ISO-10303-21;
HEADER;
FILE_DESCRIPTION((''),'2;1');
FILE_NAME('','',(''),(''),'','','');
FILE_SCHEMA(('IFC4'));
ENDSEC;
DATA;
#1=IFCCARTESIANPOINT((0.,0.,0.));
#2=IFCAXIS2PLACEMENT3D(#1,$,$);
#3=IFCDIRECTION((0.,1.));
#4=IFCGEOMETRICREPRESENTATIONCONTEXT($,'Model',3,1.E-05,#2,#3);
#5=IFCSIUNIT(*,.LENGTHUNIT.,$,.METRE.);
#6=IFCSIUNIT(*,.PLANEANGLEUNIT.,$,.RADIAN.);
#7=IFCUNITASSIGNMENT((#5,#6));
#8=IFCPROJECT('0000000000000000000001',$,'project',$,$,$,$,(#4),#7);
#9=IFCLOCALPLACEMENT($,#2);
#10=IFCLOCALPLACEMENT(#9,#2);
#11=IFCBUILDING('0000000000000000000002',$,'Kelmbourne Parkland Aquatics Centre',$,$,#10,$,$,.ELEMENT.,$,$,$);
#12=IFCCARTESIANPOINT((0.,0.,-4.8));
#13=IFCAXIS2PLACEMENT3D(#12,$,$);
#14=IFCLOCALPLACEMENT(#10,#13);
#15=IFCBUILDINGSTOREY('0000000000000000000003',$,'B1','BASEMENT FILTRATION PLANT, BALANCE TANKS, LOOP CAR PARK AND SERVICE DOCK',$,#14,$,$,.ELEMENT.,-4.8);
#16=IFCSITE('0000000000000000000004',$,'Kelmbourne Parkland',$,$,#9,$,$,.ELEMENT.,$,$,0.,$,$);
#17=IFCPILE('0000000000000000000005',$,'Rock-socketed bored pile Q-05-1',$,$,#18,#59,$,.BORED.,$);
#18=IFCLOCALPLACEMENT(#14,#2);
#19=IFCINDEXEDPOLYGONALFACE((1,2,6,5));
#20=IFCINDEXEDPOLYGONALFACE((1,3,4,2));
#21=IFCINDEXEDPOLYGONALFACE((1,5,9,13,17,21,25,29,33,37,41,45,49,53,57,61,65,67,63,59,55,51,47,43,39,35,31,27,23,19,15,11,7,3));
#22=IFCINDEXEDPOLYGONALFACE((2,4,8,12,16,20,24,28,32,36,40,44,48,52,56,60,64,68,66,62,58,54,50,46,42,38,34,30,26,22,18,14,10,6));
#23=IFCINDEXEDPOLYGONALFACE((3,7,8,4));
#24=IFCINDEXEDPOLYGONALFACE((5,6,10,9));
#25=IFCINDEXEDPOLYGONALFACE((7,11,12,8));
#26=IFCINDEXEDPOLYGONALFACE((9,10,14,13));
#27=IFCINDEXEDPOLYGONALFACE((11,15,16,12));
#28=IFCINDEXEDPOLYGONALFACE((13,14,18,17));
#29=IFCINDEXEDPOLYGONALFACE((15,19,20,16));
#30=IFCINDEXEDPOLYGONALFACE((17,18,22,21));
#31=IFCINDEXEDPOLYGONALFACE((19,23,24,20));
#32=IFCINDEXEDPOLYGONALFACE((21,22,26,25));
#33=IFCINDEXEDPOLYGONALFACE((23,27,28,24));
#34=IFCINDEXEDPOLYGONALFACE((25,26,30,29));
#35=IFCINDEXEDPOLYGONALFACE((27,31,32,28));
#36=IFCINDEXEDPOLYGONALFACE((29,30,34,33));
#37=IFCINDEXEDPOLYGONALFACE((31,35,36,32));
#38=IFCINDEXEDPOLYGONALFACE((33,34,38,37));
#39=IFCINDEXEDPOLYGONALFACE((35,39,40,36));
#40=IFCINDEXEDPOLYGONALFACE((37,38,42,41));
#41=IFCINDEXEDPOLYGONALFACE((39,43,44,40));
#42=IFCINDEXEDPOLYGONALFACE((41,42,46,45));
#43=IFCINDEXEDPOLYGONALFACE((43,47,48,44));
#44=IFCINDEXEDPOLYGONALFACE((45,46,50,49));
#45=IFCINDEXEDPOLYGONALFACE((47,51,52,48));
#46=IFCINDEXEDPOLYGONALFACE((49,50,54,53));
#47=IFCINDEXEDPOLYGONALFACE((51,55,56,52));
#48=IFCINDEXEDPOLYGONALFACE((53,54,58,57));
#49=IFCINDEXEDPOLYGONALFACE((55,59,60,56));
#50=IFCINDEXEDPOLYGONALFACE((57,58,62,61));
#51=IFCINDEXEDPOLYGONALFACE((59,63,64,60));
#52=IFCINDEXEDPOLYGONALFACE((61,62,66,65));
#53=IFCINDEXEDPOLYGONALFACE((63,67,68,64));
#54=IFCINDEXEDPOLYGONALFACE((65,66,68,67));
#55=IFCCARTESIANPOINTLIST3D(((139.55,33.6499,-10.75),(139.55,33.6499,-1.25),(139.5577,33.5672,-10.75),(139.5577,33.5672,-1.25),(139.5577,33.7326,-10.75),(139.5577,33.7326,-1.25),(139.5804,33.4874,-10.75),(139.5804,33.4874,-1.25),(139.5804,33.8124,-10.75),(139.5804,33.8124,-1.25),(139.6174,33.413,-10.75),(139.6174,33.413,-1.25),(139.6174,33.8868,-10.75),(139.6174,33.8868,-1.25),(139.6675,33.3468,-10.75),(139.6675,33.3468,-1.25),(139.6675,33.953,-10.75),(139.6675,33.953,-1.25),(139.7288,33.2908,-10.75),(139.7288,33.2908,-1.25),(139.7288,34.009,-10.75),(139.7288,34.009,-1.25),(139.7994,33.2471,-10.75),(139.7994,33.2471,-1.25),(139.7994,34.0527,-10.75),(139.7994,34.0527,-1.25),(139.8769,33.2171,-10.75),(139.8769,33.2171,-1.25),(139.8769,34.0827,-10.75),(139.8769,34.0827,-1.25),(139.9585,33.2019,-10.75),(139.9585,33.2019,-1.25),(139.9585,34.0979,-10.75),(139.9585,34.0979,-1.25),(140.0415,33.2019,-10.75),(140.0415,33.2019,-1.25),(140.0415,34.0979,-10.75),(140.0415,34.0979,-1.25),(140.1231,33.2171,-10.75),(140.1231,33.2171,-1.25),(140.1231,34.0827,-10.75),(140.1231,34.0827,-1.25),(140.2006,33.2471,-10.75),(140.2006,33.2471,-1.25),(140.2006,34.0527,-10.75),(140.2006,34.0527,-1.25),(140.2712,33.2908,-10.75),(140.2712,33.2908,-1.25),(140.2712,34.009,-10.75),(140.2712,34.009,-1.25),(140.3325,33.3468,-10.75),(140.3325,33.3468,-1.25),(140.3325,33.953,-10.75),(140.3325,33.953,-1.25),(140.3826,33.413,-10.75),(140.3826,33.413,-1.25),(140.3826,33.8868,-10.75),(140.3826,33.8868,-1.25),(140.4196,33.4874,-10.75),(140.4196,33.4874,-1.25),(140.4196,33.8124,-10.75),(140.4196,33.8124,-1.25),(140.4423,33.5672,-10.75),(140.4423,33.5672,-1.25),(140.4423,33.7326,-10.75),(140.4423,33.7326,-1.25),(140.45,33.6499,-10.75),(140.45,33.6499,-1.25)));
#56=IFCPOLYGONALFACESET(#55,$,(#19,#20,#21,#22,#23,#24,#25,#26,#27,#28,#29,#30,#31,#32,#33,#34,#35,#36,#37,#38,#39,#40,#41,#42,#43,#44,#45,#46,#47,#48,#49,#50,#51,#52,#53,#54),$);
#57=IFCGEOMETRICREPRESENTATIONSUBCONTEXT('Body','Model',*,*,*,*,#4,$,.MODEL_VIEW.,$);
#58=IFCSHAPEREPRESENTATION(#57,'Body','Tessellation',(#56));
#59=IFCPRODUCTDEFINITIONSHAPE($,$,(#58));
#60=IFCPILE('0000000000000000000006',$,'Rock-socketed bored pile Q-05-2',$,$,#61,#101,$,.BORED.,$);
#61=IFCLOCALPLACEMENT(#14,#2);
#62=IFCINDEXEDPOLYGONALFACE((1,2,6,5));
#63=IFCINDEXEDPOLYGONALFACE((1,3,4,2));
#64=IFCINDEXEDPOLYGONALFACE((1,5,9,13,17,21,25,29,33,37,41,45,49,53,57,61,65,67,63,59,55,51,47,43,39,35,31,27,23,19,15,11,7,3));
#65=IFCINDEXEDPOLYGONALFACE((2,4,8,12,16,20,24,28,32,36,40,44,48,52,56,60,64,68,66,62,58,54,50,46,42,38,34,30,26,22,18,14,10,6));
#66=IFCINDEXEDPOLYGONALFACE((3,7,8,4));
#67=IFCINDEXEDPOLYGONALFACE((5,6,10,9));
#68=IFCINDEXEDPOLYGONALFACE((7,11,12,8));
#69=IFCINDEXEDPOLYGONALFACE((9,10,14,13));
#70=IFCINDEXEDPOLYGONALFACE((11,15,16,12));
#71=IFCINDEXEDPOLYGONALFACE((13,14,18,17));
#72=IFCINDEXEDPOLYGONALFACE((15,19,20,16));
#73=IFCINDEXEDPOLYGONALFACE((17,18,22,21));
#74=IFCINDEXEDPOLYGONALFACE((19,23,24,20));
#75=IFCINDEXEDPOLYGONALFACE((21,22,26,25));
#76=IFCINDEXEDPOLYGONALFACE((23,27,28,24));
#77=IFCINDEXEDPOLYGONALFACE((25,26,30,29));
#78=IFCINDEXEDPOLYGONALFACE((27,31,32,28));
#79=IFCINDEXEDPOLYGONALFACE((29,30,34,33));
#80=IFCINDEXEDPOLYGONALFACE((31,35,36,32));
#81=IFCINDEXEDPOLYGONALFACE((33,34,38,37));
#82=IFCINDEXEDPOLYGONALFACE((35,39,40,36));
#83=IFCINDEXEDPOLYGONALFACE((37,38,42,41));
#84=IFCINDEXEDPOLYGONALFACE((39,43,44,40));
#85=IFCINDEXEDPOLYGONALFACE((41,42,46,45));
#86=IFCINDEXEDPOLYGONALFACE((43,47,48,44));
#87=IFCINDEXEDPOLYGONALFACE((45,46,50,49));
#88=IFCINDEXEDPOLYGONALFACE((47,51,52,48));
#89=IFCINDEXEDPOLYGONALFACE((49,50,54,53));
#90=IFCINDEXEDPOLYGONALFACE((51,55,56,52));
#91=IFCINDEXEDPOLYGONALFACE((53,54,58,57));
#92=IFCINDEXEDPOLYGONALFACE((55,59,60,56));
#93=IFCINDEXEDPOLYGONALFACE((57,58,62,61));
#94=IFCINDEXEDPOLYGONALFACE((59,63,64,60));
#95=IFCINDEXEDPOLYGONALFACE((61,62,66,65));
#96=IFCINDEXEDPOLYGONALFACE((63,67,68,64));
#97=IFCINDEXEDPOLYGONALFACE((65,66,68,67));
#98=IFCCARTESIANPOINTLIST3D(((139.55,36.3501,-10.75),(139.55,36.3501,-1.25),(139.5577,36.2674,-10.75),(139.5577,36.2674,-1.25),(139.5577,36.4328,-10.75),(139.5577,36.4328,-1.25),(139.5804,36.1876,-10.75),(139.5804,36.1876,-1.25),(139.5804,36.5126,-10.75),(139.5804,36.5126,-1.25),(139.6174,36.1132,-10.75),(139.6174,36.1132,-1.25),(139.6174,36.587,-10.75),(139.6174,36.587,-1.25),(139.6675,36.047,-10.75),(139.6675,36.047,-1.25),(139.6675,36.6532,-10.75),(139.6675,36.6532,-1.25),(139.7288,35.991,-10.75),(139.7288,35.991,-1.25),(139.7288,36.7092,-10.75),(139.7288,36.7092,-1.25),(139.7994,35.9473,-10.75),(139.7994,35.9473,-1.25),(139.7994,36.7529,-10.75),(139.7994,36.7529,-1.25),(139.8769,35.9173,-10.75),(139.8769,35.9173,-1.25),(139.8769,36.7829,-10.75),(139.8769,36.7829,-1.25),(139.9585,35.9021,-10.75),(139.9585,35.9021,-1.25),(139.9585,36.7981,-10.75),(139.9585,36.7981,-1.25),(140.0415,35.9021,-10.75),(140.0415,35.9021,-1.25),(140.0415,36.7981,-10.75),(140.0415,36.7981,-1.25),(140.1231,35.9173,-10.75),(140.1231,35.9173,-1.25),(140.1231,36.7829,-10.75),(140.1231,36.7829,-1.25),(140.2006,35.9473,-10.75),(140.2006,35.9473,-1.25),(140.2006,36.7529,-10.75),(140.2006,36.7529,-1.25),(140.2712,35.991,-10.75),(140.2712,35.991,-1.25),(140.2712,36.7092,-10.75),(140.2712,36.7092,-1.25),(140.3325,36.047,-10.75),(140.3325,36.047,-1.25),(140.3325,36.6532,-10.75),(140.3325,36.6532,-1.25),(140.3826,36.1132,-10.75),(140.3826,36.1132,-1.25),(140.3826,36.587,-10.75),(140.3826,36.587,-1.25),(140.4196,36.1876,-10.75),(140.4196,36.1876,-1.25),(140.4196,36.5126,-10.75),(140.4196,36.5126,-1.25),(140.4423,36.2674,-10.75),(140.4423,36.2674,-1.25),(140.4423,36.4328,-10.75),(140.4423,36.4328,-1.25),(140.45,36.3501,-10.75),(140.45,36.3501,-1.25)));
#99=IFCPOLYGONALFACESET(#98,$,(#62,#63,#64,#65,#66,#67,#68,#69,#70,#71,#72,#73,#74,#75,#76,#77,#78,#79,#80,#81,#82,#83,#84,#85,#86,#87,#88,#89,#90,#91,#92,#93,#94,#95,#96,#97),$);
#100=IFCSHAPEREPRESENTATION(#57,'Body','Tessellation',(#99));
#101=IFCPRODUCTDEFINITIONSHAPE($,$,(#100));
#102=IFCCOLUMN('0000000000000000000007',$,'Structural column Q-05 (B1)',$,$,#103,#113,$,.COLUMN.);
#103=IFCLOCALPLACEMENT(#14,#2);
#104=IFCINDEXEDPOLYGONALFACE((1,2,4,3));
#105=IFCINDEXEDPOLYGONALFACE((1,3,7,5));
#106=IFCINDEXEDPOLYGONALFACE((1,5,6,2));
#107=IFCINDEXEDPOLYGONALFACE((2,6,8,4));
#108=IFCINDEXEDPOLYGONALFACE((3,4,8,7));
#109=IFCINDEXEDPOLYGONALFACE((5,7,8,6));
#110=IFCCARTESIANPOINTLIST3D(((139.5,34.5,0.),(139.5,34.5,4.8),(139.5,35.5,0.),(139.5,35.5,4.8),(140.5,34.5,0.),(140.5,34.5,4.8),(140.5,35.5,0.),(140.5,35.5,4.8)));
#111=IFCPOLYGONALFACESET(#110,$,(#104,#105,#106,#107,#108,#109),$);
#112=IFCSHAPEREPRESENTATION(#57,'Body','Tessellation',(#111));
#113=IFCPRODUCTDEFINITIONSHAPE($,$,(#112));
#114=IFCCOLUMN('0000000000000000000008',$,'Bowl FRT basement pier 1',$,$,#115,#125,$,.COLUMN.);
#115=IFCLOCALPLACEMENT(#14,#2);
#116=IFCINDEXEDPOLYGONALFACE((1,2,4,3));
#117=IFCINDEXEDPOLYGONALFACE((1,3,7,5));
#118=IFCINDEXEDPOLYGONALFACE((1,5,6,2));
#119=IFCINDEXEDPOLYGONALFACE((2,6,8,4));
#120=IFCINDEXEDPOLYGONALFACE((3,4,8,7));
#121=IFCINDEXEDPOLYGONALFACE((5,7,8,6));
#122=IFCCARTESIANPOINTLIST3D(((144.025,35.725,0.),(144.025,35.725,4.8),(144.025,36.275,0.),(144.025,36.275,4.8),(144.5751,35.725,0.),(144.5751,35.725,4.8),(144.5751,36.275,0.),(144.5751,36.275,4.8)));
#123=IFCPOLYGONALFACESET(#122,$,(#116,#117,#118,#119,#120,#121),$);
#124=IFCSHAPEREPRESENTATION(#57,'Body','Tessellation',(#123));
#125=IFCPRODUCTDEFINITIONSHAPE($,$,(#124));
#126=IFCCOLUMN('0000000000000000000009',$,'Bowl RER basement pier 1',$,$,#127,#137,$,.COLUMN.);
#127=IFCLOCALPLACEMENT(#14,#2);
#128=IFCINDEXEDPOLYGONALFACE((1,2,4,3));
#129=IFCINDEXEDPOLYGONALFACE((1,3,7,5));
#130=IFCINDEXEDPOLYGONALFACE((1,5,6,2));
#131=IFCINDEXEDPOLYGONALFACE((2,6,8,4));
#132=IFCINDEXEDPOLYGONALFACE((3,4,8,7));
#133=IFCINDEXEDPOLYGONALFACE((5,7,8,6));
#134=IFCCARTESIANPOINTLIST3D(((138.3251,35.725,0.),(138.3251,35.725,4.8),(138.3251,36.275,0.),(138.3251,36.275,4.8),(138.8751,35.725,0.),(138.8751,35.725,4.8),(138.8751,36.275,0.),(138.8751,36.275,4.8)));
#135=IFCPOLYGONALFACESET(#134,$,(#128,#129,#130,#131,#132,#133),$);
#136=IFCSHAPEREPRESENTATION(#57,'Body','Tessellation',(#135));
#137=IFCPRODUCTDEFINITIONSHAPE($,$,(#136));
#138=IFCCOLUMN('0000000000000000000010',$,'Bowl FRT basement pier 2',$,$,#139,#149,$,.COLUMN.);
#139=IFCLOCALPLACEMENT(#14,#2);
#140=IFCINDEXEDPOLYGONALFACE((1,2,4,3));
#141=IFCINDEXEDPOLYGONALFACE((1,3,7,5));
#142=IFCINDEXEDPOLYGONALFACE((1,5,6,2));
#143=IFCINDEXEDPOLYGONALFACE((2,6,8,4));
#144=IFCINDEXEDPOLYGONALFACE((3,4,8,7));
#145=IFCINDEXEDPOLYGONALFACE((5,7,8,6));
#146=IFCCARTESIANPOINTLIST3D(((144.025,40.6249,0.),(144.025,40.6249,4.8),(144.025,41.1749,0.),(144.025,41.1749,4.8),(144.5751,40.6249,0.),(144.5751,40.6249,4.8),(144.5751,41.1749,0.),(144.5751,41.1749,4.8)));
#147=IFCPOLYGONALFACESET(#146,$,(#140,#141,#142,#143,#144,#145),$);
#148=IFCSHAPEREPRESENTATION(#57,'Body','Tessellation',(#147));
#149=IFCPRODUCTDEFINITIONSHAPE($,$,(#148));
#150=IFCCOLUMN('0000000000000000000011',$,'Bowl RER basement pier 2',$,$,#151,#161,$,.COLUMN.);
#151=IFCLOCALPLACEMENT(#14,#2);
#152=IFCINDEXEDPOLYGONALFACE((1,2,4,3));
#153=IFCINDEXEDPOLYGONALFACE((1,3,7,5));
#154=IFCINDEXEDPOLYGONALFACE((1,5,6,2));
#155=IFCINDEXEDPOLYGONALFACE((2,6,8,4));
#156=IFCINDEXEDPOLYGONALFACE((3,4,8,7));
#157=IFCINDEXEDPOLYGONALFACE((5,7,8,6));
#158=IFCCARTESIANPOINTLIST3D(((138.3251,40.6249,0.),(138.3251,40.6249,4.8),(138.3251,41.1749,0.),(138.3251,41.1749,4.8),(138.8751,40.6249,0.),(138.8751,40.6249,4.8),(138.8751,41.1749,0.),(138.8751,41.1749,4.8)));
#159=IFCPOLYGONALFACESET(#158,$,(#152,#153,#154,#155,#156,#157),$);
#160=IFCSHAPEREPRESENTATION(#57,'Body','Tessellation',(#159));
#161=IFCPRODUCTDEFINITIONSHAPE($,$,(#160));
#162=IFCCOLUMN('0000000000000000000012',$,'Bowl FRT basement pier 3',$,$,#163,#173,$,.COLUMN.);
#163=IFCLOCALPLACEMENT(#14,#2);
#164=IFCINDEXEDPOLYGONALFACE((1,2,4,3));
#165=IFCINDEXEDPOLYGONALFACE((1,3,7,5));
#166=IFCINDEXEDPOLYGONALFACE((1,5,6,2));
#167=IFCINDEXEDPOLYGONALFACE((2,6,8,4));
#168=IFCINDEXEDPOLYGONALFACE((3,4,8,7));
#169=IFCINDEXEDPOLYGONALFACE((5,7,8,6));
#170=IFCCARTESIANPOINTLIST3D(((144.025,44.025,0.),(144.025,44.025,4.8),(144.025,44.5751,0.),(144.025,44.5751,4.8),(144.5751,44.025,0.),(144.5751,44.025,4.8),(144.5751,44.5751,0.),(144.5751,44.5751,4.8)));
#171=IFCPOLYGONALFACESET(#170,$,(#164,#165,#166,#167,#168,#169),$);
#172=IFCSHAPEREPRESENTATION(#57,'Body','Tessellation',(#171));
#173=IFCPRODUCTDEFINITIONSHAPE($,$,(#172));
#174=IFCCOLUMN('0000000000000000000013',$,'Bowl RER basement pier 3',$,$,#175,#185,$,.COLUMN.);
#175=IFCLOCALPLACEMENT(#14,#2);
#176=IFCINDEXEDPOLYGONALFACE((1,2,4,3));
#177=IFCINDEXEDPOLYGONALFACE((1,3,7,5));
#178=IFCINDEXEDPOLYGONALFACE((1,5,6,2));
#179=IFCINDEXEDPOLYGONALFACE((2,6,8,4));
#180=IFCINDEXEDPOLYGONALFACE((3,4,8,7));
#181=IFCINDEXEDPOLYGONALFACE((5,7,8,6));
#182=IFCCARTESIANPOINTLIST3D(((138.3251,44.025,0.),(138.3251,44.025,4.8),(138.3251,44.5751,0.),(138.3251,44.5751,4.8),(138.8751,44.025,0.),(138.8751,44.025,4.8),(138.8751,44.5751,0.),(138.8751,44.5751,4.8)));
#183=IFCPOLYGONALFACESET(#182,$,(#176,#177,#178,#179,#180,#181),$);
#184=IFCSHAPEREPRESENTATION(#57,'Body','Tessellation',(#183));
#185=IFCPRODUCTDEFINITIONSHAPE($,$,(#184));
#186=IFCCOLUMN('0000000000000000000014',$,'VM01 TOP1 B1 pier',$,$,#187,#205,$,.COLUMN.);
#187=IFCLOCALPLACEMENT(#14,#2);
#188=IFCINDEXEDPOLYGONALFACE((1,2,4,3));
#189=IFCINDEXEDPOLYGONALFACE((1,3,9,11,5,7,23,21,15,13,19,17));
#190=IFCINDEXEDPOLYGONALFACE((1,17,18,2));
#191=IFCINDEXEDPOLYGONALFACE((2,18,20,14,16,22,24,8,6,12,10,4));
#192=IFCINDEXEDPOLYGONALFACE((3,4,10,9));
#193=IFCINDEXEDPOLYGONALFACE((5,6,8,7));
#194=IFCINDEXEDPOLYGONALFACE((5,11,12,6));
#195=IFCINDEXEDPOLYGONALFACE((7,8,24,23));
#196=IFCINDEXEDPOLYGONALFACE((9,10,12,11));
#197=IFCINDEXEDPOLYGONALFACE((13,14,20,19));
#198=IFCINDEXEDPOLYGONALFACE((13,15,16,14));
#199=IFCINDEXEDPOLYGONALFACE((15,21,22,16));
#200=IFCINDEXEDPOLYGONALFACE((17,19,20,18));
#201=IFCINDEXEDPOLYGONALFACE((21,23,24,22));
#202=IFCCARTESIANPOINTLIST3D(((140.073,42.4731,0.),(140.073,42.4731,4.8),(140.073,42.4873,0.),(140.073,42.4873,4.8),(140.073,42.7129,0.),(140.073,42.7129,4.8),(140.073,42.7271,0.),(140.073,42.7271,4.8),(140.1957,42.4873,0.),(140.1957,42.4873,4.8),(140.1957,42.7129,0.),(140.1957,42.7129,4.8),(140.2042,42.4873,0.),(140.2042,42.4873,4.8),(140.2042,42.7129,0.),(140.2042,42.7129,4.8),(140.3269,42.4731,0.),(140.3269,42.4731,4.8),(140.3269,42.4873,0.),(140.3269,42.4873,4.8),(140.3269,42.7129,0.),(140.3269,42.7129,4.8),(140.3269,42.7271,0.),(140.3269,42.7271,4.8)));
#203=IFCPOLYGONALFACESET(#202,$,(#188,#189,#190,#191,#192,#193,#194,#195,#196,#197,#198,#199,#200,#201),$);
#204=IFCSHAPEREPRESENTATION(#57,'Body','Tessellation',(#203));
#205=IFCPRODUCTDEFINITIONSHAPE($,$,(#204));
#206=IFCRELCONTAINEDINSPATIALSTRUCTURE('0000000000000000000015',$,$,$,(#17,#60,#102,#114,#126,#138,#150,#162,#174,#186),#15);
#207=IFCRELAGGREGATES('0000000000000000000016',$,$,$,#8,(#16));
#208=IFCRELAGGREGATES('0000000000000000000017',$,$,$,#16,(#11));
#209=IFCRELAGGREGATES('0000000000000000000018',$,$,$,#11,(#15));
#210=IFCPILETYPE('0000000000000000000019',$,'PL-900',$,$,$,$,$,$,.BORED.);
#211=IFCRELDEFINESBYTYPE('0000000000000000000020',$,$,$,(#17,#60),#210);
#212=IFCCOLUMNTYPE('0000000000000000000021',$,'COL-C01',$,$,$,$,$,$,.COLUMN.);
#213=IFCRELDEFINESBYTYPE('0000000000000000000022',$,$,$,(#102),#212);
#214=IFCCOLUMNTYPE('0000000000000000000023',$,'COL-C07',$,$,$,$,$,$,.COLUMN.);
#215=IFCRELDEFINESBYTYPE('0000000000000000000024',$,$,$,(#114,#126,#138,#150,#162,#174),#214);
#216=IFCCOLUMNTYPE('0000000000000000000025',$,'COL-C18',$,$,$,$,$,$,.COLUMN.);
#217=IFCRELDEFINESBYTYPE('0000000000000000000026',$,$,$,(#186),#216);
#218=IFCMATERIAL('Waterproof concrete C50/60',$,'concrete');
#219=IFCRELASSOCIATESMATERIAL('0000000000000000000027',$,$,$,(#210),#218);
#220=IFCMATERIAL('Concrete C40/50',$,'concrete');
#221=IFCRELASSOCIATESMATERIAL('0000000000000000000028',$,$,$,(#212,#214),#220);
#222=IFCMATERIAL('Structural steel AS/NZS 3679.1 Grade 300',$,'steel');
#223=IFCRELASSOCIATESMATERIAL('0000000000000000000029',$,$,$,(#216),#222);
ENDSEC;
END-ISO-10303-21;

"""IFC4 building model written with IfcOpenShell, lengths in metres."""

from ifc_helpers import new_model, si_unit, direction, frame, origin, origin_2d, place, context, subcontext, project, spatial, rectangle, circle, i_section, extrude, material, material_profile, profile_set, type_object, element, save


model = new_model("IFC4")

# Units and contexts
model_context = context("Model", 3, precision=1e-05, world=origin(), true_north=direction((0.0, 1.0)))
body_context = subcontext(model_context, "Body", "Model", "MODEL_VIEW")
ifc_project = project(units=[si_unit("LENGTHUNIT", "METRE"), si_unit("PLANEANGLEUNIT", "RADIAN")], contexts=[model_context])

# Site, building, storey
site_placement = place(None, origin())
site = spatial("IfcSite", under=ifc_project, at=site_placement, Name="Kelmbourne Parkland", CompositionType="ELEMENT", RefElevation=0.0)
building_placement = place(site_placement, origin())
building = spatial("IfcBuilding", under=site, at=building_placement, Name="Kelmbourne Parkland Aquatics Centre", CompositionType="ELEMENT")
storey_placement = place(building_placement, frame((0.0, 0.0, -4.8)))
storey = spatial("IfcBuildingStorey", under=building, at=storey_placement, Name="B1", Description="BASEMENT FILTRATION PLANT, BALANCE TANKS, LOOP CAR PARK AND SERVICE DOCK", CompositionType="ELEMENT", Elevation=-4.8)

# Shared definitions
ifc_material_1 = material(Name="Waterproof concrete C50/60", Category="concrete")

# Piles
ifc_material_profile_1 = material_profile(ifc_material_1, circle(Radius=0.45, at=origin_2d()), Name="PILE D900")
ifc_profile_set_1 = profile_set([ifc_material_profile_1], Name="Waterproof concrete C50/60")
pile_type_1 = type_object("IfcPileType", Name="PL-900", PredefinedType="BORED", material=ifc_profile_set_1)
for number, where, z_axis, x_axis, name in (
    (1, (140.0, 33.6499, -1.25), (0.0, 0.0, -1.0), (1.0, 0.0, 0.0), "Rock-socketed bored pile Q-05-1"),
    (2, (140.0, 36.3501, -1.25), (0.0, 0.0, -1.0), (1.0, 0.0, 0.0), "Rock-socketed bored pile Q-05-2"),
):
    element("IfcPile", number, at=place(storey_placement, frame(where, z_axis=z_axis, x_axis=x_axis)), inside=storey, type_object=pile_type_1, Name=name, PredefinedType="BORED", context=body_context, shape_type="SweptSolid", body=[
        extrude(circle(Radius=0.45, at=origin_2d()), origin(), (0.0, 0.0, 1.0), 9.5),
    ])

# Columns
ifc_material_2 = material(Name="Concrete C40/50", Category="concrete")
ifc_material_profile_2 = material_profile(ifc_material_2, rectangle(XDim=1.0, YDim=1.0, at=origin_2d()), Name="RC 1000x1000")
ifc_profile_set_2 = profile_set([ifc_material_profile_2], Name="Concrete C40/50")
column_type_1 = type_object("IfcColumnType", Name="COL-C01", PredefinedType="COLUMN", material=ifc_profile_set_2)
column_1_placement = place(storey_placement, frame((140.0, 35.0, 0.0), z_axis=(0.0, 0.0, 1.0), x_axis=(1.0, 0.0, 0.0)))
element("IfcColumn", 3, at=column_1_placement, inside=storey, type_object=column_type_1, Name="Structural column Q-05 (B1)", PredefinedType="COLUMN", context=body_context, shape_type="SweptSolid", body=[
    extrude(rectangle(XDim=1.0, YDim=1.0, at=origin_2d()), origin(), (0.0, 0.0, 1.0), 4.8),
])
ifc_material_profile_3 = material_profile(ifc_material_2, rectangle(XDim=0.55, YDim=0.55, at=origin_2d()), Name="RC 550x550")
ifc_profile_set_3 = profile_set([ifc_material_profile_3], Name="Concrete C40/50")
column_type_2 = type_object("IfcColumnType", Name="COL-C07", PredefinedType="COLUMN", material=ifc_profile_set_3)
for number, where, z_axis, x_axis, name in (
    (4, (144.3, 36.0, 0.0), (0.0, 0.0, 1.0), (1.0, 0.0, 0.0), "Bowl FRT basement pier 1"),
    (5, (138.6001, 36.0, 0.0), (0.0, 0.0, 1.0), (1.0, 0.0, 0.0), "Bowl RER basement pier 1"),
    (6, (144.3, 40.8999, 0.0), (0.0, 0.0, 1.0), (1.0, 0.0, 0.0), "Bowl FRT basement pier 2"),
    (7, (138.6001, 40.8999, 0.0), (0.0, 0.0, 1.0), (1.0, 0.0, 0.0), "Bowl RER basement pier 2"),
    (8, (144.3, 44.3, 0.0), (0.0, 0.0, 1.0), (1.0, 0.0, 0.0), "Bowl FRT basement pier 3"),
    (9, (138.6001, 44.3, 0.0), (0.0, 0.0, 1.0), (1.0, 0.0, 0.0), "Bowl RER basement pier 3"),
):
    element("IfcColumn", number, at=place(storey_placement, frame(where, z_axis=z_axis, x_axis=x_axis)), inside=storey, type_object=column_type_2, Name=name, PredefinedType="COLUMN", context=body_context, shape_type="SweptSolid", body=[
        extrude(rectangle(XDim=0.55, YDim=0.55, at=origin_2d()), origin(), (0.0, 0.0, 1.0), 4.8),
    ])
ifc_material_3 = material(Name="Structural steel AS/NZS 3679.1 Grade 300", Category="steel")
ifc_material_profile_4 = material_profile(ifc_material_3, i_section(OverallWidth=0.2539, OverallDepth=0.2539, WebThickness=0.0085, FlangeThickness=0.0142, at=origin_2d()), Name="250UC72.9")
ifc_profile_set_4 = profile_set([ifc_material_profile_4], Name="Structural steel AS/NZS 3679.1 Grade 300")
column_type_3 = type_object("IfcColumnType", Name="COL-C18", PredefinedType="COLUMN", material=ifc_profile_set_4)
column_2_placement = place(storey_placement, frame((140.2, 42.6001, 0.0), z_axis=(0.0, 0.0, 1.0), x_axis=(1.0, 0.0, 0.0)))
element("IfcColumn", 10, at=column_2_placement, inside=storey, type_object=column_type_3, Name="VM01 TOP1 B1 pier", PredefinedType="COLUMN", context=body_context, shape_type="SweptSolid", body=[
    extrude(i_section(OverallWidth=0.2539, OverallDepth=0.2539, WebThickness=0.0085, FlangeThickness=0.0142, at=origin_2d()), origin(), (0.0, 0.0, 1.0), 4.8),
])

save(model, "model.ifc")
